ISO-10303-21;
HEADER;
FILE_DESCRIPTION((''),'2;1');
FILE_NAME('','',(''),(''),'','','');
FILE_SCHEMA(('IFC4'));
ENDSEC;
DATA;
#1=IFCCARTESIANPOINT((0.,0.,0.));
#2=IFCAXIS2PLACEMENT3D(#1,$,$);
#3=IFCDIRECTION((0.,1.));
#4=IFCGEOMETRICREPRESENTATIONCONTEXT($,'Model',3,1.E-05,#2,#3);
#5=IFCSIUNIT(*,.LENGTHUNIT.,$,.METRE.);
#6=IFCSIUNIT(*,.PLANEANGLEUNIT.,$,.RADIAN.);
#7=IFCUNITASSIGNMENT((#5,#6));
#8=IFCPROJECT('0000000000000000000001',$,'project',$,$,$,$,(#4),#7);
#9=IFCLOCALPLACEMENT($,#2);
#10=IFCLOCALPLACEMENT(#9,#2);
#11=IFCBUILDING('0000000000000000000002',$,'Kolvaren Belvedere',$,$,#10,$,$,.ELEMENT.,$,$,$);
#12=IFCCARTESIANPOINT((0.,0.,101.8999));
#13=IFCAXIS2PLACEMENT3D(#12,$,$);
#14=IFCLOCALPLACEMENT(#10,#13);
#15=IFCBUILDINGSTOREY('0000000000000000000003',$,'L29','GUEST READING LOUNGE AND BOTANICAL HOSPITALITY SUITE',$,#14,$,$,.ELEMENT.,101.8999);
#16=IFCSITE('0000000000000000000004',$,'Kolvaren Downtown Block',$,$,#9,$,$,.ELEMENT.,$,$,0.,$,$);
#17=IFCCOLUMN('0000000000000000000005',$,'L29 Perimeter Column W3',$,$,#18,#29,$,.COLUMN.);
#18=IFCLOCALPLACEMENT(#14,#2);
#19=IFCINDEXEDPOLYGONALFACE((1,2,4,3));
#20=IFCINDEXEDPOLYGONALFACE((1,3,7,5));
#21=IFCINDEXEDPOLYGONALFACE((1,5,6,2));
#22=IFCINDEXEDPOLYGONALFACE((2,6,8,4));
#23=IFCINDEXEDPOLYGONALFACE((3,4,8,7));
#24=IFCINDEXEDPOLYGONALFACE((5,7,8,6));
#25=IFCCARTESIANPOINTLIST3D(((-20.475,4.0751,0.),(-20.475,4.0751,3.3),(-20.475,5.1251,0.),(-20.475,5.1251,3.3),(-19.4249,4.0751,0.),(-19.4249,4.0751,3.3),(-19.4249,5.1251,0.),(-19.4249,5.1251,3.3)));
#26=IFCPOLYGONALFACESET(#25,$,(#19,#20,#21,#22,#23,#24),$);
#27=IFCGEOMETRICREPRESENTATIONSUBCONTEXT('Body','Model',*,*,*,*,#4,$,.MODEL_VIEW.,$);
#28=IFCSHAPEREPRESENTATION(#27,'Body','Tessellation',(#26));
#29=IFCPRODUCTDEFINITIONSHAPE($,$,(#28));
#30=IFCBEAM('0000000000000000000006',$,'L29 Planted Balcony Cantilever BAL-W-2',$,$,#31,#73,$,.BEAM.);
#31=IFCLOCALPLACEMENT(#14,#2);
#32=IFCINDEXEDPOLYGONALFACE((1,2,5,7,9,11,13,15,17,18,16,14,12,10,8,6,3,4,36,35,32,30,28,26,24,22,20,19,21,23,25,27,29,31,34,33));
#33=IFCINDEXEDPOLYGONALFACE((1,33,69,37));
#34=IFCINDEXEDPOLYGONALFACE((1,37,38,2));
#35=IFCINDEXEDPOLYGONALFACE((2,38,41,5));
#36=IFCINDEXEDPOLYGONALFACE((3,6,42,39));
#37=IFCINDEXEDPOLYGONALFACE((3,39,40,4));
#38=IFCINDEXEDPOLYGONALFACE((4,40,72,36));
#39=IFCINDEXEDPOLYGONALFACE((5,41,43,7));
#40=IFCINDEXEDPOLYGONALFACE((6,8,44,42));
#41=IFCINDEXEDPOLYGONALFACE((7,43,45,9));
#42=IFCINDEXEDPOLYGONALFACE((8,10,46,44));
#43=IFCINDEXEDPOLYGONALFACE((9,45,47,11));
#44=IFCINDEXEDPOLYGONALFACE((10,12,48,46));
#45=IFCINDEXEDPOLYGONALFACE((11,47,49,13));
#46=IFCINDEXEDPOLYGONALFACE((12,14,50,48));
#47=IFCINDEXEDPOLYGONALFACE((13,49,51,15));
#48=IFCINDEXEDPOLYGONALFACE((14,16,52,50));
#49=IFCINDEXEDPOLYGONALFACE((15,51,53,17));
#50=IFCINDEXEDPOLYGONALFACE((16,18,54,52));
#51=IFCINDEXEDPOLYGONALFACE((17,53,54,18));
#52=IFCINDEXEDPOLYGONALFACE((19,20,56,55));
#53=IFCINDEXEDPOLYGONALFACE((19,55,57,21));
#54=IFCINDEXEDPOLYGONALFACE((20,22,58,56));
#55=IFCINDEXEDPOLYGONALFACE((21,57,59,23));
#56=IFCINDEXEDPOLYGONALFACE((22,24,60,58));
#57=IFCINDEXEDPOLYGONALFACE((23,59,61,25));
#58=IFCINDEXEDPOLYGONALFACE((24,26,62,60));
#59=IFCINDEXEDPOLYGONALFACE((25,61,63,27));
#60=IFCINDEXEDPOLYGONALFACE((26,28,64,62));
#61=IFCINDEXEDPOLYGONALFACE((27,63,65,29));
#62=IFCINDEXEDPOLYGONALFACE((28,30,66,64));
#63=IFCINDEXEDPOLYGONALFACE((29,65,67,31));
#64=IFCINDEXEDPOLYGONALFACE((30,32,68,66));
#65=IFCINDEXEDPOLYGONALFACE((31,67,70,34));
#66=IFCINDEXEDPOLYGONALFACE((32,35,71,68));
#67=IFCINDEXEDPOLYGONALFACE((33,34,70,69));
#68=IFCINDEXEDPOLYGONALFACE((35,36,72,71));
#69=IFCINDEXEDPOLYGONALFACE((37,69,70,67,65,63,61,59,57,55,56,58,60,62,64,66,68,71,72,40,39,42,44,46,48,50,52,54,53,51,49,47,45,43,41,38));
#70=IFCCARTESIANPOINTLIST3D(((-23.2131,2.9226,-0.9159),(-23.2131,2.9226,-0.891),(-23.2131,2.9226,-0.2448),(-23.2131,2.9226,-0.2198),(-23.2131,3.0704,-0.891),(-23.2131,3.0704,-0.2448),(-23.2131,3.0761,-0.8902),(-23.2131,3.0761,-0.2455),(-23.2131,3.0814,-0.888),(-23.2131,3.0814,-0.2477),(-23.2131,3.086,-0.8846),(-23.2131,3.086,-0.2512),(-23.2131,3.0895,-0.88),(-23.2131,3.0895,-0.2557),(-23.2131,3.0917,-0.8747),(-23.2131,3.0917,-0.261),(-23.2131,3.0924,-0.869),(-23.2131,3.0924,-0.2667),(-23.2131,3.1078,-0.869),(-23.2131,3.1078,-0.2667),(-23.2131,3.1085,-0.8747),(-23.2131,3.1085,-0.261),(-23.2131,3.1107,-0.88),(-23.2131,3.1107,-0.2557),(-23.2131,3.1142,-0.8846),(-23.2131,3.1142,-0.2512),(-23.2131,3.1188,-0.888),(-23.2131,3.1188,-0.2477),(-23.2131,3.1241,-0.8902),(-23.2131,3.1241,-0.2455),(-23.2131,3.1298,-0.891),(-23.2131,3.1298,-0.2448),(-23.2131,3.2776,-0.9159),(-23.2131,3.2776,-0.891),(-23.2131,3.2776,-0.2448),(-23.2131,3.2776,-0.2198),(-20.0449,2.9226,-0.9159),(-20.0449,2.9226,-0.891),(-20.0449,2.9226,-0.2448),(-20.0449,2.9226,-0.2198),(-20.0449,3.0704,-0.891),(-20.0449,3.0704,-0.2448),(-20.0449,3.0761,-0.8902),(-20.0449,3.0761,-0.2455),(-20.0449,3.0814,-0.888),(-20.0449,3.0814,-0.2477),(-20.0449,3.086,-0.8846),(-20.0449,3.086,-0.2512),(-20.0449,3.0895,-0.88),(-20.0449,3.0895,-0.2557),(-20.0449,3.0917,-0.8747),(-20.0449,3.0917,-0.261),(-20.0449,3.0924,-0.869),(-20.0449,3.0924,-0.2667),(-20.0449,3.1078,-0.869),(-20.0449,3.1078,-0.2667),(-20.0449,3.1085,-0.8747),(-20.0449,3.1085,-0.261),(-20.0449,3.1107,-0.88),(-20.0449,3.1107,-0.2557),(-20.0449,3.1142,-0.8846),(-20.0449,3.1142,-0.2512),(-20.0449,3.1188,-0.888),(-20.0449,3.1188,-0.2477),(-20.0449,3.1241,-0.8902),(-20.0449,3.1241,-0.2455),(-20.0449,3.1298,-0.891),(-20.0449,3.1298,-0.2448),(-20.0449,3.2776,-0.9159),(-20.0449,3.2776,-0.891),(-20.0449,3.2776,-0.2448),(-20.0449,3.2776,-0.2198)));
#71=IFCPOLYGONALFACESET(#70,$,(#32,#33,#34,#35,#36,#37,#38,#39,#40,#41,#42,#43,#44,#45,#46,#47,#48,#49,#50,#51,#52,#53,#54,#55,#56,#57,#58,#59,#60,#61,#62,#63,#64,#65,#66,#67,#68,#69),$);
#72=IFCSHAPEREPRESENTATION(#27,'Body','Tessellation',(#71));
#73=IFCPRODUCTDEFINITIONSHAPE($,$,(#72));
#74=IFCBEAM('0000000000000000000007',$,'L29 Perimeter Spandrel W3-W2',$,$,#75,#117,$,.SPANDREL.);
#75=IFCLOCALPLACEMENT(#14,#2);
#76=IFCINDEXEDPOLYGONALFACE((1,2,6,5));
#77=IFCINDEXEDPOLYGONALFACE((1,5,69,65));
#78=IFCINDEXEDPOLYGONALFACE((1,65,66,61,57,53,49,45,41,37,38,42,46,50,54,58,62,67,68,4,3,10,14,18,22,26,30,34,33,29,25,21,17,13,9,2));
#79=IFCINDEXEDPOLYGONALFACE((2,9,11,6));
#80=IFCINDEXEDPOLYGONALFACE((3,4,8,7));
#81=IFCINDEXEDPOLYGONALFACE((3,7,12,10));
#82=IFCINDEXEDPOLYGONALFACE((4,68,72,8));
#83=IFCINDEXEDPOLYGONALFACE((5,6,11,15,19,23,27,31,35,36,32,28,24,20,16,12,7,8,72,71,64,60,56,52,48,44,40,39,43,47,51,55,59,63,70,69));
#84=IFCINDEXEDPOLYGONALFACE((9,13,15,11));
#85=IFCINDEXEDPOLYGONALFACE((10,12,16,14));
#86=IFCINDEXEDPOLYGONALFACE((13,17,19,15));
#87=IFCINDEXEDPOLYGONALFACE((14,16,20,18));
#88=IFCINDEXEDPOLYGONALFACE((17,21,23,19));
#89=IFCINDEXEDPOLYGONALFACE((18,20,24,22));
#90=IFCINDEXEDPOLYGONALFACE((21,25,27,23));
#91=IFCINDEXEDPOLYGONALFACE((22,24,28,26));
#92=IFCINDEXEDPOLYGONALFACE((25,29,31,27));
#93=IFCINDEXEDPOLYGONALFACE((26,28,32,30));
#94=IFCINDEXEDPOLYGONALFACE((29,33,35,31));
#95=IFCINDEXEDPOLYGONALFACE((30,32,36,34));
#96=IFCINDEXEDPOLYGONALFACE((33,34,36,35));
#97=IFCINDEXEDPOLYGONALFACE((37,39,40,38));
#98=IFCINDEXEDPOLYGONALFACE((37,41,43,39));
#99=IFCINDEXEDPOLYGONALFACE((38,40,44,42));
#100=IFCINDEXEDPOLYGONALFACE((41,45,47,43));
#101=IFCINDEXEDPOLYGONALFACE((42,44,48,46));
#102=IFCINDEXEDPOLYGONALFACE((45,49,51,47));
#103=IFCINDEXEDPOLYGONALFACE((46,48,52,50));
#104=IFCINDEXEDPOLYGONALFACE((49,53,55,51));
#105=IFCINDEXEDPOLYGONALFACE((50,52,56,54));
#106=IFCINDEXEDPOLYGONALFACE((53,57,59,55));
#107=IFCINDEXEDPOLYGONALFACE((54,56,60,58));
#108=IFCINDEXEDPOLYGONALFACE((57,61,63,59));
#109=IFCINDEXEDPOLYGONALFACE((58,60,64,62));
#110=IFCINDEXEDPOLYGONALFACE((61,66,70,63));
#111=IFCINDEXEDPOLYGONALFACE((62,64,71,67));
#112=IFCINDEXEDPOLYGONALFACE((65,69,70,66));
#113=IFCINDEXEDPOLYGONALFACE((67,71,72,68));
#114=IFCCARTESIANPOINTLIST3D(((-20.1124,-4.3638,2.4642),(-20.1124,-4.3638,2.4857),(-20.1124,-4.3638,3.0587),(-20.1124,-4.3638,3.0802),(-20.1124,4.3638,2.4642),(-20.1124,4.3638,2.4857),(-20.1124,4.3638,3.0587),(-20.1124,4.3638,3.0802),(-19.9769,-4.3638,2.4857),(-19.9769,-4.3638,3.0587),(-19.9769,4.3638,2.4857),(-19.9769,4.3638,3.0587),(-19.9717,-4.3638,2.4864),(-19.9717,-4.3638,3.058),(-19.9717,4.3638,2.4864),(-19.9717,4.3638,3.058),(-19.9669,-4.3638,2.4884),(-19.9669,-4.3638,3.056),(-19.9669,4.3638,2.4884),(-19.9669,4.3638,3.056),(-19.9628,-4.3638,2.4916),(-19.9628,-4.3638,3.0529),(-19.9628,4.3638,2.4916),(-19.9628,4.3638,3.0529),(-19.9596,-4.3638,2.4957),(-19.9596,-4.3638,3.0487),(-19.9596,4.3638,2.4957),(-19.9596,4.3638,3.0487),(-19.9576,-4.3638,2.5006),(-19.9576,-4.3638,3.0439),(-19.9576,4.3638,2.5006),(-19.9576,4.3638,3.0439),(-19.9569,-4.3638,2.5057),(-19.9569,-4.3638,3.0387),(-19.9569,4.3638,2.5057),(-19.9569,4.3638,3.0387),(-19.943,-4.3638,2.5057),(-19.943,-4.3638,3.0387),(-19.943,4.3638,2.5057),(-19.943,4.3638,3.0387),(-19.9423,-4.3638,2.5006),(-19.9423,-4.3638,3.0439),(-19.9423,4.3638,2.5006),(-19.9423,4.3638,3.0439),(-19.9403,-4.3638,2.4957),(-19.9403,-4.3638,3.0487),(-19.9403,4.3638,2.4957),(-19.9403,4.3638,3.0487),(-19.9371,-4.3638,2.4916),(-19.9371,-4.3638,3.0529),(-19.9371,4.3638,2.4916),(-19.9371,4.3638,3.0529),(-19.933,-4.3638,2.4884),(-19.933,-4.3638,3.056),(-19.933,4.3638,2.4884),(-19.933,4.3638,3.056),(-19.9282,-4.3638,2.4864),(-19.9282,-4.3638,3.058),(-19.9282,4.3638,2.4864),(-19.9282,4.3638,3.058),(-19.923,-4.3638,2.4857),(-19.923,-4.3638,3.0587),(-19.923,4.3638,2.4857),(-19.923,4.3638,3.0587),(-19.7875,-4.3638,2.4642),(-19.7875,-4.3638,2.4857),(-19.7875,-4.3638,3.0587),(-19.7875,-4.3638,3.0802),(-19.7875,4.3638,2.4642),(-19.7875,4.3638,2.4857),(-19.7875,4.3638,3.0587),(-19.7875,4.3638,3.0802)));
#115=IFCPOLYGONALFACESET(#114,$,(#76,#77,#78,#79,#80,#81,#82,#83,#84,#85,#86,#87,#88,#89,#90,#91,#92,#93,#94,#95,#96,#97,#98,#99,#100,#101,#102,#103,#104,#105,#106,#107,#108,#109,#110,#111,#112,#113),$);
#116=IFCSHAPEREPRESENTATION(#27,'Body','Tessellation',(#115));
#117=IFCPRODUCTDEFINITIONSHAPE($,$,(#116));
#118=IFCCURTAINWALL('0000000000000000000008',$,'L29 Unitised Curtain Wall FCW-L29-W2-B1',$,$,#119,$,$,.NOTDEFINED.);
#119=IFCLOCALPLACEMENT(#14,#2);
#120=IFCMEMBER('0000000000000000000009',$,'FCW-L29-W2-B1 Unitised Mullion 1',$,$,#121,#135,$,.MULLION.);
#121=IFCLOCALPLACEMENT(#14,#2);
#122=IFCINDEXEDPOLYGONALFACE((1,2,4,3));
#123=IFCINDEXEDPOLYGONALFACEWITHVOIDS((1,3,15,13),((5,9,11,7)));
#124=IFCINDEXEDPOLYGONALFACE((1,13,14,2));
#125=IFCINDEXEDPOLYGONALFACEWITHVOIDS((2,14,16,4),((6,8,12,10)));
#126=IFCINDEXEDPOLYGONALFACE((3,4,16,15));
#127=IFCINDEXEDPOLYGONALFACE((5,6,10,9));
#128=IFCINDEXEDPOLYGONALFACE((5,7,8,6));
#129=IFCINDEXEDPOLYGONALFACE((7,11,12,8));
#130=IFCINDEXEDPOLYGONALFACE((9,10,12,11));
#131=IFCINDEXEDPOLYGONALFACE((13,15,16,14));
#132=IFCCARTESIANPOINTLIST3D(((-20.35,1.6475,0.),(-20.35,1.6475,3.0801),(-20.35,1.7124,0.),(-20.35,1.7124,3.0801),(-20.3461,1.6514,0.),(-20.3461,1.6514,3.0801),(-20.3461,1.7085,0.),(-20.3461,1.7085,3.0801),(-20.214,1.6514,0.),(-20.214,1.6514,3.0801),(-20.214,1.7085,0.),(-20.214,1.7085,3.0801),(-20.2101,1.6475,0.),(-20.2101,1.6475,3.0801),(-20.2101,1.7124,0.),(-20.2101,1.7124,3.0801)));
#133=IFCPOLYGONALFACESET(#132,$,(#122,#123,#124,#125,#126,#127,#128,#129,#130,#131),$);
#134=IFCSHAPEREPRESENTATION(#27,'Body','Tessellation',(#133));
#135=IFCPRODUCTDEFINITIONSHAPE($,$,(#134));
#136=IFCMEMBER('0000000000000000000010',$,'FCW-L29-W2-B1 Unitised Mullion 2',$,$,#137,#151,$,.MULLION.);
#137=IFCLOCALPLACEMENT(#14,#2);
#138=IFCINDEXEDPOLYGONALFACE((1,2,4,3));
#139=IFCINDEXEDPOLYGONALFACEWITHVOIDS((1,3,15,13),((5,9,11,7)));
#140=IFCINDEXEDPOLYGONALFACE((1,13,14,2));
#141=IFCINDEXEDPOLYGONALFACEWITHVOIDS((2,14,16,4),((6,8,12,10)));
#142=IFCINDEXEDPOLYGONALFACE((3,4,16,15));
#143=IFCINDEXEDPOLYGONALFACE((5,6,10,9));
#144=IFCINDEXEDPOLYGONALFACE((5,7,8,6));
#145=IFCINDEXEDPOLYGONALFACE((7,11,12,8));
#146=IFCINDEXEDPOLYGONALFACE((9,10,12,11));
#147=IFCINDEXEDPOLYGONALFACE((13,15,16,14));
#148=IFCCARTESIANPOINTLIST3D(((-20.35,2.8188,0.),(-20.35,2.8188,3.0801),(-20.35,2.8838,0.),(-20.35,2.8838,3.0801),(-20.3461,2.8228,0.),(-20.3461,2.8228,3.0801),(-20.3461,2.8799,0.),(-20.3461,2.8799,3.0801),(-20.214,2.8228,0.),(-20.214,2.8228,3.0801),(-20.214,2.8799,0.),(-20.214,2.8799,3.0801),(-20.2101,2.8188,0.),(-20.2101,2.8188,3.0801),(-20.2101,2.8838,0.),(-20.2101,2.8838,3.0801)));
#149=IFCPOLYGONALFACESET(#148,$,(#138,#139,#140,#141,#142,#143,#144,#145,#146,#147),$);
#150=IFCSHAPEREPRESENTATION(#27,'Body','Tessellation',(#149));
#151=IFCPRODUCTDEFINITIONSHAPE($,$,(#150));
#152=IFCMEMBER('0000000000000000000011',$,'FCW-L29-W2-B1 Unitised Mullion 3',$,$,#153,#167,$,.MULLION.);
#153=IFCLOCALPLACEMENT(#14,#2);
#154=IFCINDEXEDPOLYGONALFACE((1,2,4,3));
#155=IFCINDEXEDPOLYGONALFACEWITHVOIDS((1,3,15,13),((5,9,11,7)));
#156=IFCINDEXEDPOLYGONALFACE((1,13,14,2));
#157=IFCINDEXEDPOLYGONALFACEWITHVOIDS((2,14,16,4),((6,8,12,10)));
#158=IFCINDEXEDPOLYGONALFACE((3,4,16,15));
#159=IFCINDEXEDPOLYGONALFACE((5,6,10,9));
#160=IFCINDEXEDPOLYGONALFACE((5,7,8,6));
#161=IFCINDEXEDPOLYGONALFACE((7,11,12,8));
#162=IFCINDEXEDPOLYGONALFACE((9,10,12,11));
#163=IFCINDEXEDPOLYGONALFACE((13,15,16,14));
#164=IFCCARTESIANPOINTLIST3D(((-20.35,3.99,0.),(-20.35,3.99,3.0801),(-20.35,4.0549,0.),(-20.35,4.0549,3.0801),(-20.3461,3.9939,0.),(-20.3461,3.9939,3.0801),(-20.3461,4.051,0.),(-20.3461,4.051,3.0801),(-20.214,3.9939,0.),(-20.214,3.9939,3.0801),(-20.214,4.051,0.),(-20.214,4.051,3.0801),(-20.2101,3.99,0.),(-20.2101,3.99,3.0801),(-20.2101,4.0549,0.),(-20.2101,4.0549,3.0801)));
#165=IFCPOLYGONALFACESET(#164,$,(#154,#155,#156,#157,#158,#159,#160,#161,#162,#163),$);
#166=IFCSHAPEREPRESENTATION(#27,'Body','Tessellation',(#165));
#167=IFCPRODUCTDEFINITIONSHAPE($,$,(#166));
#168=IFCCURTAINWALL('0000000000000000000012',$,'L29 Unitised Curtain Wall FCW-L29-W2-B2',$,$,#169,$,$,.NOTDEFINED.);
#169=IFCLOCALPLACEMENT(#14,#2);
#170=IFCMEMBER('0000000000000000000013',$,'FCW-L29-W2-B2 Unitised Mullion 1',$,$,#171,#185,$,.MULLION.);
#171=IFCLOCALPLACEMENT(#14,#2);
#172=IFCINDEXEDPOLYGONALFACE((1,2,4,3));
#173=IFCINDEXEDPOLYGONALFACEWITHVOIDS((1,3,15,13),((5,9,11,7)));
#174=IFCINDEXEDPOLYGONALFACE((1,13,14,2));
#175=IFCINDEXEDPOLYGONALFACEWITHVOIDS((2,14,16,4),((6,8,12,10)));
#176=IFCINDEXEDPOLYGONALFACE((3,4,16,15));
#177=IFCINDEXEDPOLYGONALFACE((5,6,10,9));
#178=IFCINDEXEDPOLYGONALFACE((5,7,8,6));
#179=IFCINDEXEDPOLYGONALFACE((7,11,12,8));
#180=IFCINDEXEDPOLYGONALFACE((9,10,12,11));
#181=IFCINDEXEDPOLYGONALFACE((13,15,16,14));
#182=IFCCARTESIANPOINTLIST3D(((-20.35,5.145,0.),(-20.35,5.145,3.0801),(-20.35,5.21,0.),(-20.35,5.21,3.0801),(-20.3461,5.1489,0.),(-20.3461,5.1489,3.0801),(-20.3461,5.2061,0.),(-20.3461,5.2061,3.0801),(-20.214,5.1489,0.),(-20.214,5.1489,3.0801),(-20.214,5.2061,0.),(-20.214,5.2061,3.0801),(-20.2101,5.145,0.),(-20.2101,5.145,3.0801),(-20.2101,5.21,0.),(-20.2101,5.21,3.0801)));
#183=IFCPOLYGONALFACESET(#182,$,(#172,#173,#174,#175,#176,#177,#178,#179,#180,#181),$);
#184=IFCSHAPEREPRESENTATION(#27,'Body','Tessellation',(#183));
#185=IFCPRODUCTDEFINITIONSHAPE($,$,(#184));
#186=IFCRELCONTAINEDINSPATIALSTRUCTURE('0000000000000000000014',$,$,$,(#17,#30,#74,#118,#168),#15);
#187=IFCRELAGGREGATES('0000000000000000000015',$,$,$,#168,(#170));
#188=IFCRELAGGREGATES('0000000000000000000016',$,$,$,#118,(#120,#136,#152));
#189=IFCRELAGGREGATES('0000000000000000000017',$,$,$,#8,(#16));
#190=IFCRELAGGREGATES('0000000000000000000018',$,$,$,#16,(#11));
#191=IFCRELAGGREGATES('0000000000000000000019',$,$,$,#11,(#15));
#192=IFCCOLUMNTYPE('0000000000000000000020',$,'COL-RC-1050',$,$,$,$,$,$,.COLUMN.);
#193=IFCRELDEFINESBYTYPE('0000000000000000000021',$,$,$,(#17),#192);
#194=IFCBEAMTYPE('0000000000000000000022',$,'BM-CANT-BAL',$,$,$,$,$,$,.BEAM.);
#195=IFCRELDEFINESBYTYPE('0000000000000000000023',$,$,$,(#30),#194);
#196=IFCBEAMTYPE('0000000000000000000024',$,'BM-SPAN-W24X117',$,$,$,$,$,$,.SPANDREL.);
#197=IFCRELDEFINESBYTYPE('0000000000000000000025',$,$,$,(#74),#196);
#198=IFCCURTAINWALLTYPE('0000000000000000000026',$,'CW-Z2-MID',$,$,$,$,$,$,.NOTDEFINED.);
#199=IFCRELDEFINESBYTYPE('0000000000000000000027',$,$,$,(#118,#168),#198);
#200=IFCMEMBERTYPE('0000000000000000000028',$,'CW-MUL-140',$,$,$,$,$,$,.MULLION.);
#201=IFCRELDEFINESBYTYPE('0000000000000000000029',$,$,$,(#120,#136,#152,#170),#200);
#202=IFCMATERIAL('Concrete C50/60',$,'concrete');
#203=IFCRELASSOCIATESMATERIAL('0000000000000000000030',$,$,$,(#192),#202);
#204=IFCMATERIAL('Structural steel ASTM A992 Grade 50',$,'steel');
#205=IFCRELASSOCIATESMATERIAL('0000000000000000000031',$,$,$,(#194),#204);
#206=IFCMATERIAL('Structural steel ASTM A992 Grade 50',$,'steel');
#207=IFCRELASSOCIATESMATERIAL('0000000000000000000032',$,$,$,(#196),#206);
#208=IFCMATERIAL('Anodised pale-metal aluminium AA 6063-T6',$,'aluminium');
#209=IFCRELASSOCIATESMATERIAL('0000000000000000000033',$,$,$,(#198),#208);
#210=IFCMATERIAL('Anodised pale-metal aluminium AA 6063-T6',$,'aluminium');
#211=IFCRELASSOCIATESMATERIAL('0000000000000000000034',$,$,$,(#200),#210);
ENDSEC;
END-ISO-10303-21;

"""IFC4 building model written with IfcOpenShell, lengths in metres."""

from ifc_helpers import new_model, si_unit, direction, frame, origin, origin_2d, place, context, subcontext, project, spatial, rectangle, hollow_rectangle, i_section, extrude, material, material_profile, profile_set, type_object, element, aggregate, save


model = new_model("IFC4")

# Units and contexts
model_context = context("Model", 3, precision=1e-05, world=origin(), true_north=direction((0.0, 1.0)))
body_context = subcontext(model_context, "Body", "Model", "MODEL_VIEW")
ifc_project = project(units=[si_unit("LENGTHUNIT", "METRE"), si_unit("PLANEANGLEUNIT", "RADIAN")], contexts=[model_context])

# Site, building, storey
site_placement = place(None, origin())
site = spatial("IfcSite", under=ifc_project, at=site_placement, Name="Kolvaren Downtown Block", CompositionType="ELEMENT", RefElevation=0.0)
building_placement = place(site_placement, origin())
building = spatial("IfcBuilding", under=site, at=building_placement, Name="Kolvaren Belvedere", CompositionType="ELEMENT")
storey_placement = place(building_placement, frame((0.0, 0.0, 101.8999)))
storey = spatial("IfcBuildingStorey", under=building, at=storey_placement, Name="L29", Description="GUEST READING LOUNGE AND BOTANICAL HOSPITALITY SUITE", CompositionType="ELEMENT", Elevation=101.8999)

# Column
ifc_material_1 = material(Name="Concrete C50/60", Category="concrete")
ifc_material_profile_1 = material_profile(ifc_material_1, rectangle(XDim=1.05, YDim=1.05, at=origin_2d()), Name="RC 1050X1050")
ifc_profile_set_1 = profile_set([ifc_material_profile_1], Name="Concrete C50/60")
column_type = type_object("IfcColumnType", Name="COL-RC-1050", PredefinedType="COLUMN", material=ifc_profile_set_1)
column_placement = place(storey_placement, frame((-19.95, 4.6001, 0.0), z_axis=(0.0, 0.0, 1.0), x_axis=(1.0, 0.0, 0.0)))
element("IfcColumn", 1, at=column_placement, inside=storey, type_object=column_type, Name="L29 Perimeter Column W3", PredefinedType="COLUMN", context=body_context, shape_type="SweptSolid", body=[
    extrude(rectangle(XDim=1.05, YDim=1.05, at=origin_2d()), origin(), (0.0, 0.0, 1.0), 3.3),
])

# Beams
ifc_material_2 = material(Name="Structural steel ASTM A992 Grade 50", Category="steel")
ifc_material_profile_2 = material_profile(ifc_material_2, i_section(OverallWidth=0.355, OverallDepth=0.696, WebThickness=0.0154, FlangeThickness=0.0249, FilletRadius=0.022, at=origin_2d()), Name="W27X146")
ifc_profile_set_2 = profile_set([ifc_material_profile_2], Name="Structural steel ASTM A992 Grade 50")
beam_type_1 = type_object("IfcBeamType", Name="BM-CANT-BAL", PredefinedType="BEAM", material=ifc_profile_set_2)
beam_1_placement = place(storey_placement, frame((-20.0449, 3.1001, -0.5679), z_axis=(-1.0, 0.0, 0.0), x_axis=(0.0, -1.0, 0.0)))
element("IfcBeam", 2, at=beam_1_placement, inside=storey, type_object=beam_type_1, Name="L29 Planted Balcony Cantilever BAL-W-2", PredefinedType="BEAM", context=body_context, shape_type="SweptSolid", body=[
    extrude(i_section(OverallWidth=0.355, OverallDepth=0.696, WebThickness=0.0154, FlangeThickness=0.0249, FilletRadius=0.022, at=origin_2d()), origin(), (0.0, 0.0, 1.0), 3.1682),
])
ifc_material_3 = material(Name="Structural steel ASTM A992 Grade 50", Category="steel")
ifc_material_profile_3 = material_profile(ifc_material_3, i_section(OverallWidth=0.325, OverallDepth=0.616, WebThickness=0.0139, FlangeThickness=0.0215, FilletRadius=0.02, at=origin_2d()), Name="W24X117")
ifc_profile_set_3 = profile_set([ifc_material_profile_3], Name="Structural steel ASTM A992 Grade 50")
beam_type_2 = type_object("IfcBeamType", Name="BM-SPAN-W24X117", PredefinedType="SPANDREL", material=ifc_profile_set_3)
beam_2_placement = place(storey_placement, frame((-19.95, 4.3638, 2.7722), z_axis=(0.0, -1.0, 0.0), x_axis=(1.0, 0.0, 0.0)))
element("IfcBeam", 3, at=beam_2_placement, inside=storey, type_object=beam_type_2, Name="L29 Perimeter Spandrel W3-W2", PredefinedType="SPANDREL", context=body_context, shape_type="SweptSolid", body=[
    extrude(i_section(OverallWidth=0.325, OverallDepth=0.616, WebThickness=0.0139, FlangeThickness=0.0215, FilletRadius=0.02, at=origin_2d()), origin(), (0.0, 0.0, 1.0), 8.7275),
])

# Curtain wall, members
ifc_material_4 = material(Name="Anodised pale-metal aluminium AA 6063-T6", Category="aluminium")
curtain_wall_type = type_object("IfcCurtainWallType", Name="CW-Z2-MID", PredefinedType="NOTDEFINED", material=ifc_material_4)
curtain_wall_1_placement = place(storey_placement, origin())
curtain_wall_1 = element("IfcCurtainWall", 4, at=curtain_wall_1_placement, inside=storey, type_object=curtain_wall_type, Name="L29 Unitised Curtain Wall FCW-L29-W2-B1", PredefinedType="NOTDEFINED")
ifc_material_5 = material(Name="Anodised pale-metal aluminium AA 6063-T6", Category="aluminium")
ifc_material_profile_4 = material_profile(ifc_material_5, hollow_rectangle(XDim=0.0649, YDim=0.1399, WallThickness=0.0039, at=origin_2d()), Name="ALU-MUL-140X65")
ifc_profile_set_4 = profile_set([ifc_material_profile_4], Name="Anodised pale-metal aluminium AA 6063-T6")
member_type_1 = type_object("IfcMemberType", Name="CW-MUL-140", PredefinedType="MULLION", material=ifc_profile_set_4)
member_1_placement = place(storey_placement, frame((-20.28, 1.6799, 0.0), z_axis=(0.0, 0.0, 1.0), x_axis=(0.0, 1.0, 0.0)))
member_1 = element("IfcMember", 5, at=member_1_placement, type_object=member_type_1, Name="FCW-L29-W2-B1 Unitised Mullion 1", PredefinedType="MULLION", context=body_context, shape_type="SweptSolid", body=[
    extrude(hollow_rectangle(XDim=0.0649, YDim=0.1399, WallThickness=0.0039, at=origin_2d()), origin(), (0.0, 0.0, 1.0), 3.0801),
])
member_2_placement = place(storey_placement, frame((-20.28, 2.8513, 0.0), z_axis=(0.0, 0.0, 1.0), x_axis=(0.0, 1.0, 0.0)))
member_2 = element("IfcMember", 6, at=member_2_placement, type_object=member_type_1, Name="FCW-L29-W2-B1 Unitised Mullion 2", PredefinedType="MULLION", context=body_context, shape_type="SweptSolid", body=[
    extrude(hollow_rectangle(XDim=0.0649, YDim=0.1399, WallThickness=0.0039, at=origin_2d()), origin(), (0.0, 0.0, 1.0), 3.0801),
])
member_3_placement = place(storey_placement, frame((-20.28, 4.0225, 0.0), z_axis=(0.0, 0.0, 1.0), x_axis=(0.0, 1.0, 0.0)))
member_3 = element("IfcMember", 7, at=member_3_placement, type_object=member_type_1, Name="FCW-L29-W2-B1 Unitised Mullion 3", PredefinedType="MULLION", context=body_context, shape_type="SweptSolid", body=[
    extrude(hollow_rectangle(XDim=0.0649, YDim=0.1399, WallThickness=0.0039, at=origin_2d()), origin(), (0.0, 0.0, 1.0), 3.0801),
])

# Curtain wall, member
curtain_wall_2_placement = place(storey_placement, origin())
curtain_wall_2 = element("IfcCurtainWall", 8, at=curtain_wall_2_placement, inside=storey, type_object=curtain_wall_type, Name="L29 Unitised Curtain Wall FCW-L29-W2-B2", PredefinedType="NOTDEFINED")
member_4_placement = place(storey_placement, frame((-20.28, 5.1775, 0.0), z_axis=(0.0, 0.0, 1.0), x_axis=(0.0, 1.0, 0.0)))
member_4 = element("IfcMember", 9, at=member_4_placement, type_object=member_type_1, Name="FCW-L29-W2-B2 Unitised Mullion 1", PredefinedType="MULLION", context=body_context, shape_type="SweptSolid", body=[
    extrude(hollow_rectangle(XDim=0.0649, YDim=0.1399, WallThickness=0.0039, at=origin_2d()), origin(), (0.0, 0.0, 1.0), 3.0801),
])

aggregate(curtain_wall_2, [member_4])

aggregate(curtain_wall_1, [member_1, member_2, member_3])

save(model, "model.ifc")
